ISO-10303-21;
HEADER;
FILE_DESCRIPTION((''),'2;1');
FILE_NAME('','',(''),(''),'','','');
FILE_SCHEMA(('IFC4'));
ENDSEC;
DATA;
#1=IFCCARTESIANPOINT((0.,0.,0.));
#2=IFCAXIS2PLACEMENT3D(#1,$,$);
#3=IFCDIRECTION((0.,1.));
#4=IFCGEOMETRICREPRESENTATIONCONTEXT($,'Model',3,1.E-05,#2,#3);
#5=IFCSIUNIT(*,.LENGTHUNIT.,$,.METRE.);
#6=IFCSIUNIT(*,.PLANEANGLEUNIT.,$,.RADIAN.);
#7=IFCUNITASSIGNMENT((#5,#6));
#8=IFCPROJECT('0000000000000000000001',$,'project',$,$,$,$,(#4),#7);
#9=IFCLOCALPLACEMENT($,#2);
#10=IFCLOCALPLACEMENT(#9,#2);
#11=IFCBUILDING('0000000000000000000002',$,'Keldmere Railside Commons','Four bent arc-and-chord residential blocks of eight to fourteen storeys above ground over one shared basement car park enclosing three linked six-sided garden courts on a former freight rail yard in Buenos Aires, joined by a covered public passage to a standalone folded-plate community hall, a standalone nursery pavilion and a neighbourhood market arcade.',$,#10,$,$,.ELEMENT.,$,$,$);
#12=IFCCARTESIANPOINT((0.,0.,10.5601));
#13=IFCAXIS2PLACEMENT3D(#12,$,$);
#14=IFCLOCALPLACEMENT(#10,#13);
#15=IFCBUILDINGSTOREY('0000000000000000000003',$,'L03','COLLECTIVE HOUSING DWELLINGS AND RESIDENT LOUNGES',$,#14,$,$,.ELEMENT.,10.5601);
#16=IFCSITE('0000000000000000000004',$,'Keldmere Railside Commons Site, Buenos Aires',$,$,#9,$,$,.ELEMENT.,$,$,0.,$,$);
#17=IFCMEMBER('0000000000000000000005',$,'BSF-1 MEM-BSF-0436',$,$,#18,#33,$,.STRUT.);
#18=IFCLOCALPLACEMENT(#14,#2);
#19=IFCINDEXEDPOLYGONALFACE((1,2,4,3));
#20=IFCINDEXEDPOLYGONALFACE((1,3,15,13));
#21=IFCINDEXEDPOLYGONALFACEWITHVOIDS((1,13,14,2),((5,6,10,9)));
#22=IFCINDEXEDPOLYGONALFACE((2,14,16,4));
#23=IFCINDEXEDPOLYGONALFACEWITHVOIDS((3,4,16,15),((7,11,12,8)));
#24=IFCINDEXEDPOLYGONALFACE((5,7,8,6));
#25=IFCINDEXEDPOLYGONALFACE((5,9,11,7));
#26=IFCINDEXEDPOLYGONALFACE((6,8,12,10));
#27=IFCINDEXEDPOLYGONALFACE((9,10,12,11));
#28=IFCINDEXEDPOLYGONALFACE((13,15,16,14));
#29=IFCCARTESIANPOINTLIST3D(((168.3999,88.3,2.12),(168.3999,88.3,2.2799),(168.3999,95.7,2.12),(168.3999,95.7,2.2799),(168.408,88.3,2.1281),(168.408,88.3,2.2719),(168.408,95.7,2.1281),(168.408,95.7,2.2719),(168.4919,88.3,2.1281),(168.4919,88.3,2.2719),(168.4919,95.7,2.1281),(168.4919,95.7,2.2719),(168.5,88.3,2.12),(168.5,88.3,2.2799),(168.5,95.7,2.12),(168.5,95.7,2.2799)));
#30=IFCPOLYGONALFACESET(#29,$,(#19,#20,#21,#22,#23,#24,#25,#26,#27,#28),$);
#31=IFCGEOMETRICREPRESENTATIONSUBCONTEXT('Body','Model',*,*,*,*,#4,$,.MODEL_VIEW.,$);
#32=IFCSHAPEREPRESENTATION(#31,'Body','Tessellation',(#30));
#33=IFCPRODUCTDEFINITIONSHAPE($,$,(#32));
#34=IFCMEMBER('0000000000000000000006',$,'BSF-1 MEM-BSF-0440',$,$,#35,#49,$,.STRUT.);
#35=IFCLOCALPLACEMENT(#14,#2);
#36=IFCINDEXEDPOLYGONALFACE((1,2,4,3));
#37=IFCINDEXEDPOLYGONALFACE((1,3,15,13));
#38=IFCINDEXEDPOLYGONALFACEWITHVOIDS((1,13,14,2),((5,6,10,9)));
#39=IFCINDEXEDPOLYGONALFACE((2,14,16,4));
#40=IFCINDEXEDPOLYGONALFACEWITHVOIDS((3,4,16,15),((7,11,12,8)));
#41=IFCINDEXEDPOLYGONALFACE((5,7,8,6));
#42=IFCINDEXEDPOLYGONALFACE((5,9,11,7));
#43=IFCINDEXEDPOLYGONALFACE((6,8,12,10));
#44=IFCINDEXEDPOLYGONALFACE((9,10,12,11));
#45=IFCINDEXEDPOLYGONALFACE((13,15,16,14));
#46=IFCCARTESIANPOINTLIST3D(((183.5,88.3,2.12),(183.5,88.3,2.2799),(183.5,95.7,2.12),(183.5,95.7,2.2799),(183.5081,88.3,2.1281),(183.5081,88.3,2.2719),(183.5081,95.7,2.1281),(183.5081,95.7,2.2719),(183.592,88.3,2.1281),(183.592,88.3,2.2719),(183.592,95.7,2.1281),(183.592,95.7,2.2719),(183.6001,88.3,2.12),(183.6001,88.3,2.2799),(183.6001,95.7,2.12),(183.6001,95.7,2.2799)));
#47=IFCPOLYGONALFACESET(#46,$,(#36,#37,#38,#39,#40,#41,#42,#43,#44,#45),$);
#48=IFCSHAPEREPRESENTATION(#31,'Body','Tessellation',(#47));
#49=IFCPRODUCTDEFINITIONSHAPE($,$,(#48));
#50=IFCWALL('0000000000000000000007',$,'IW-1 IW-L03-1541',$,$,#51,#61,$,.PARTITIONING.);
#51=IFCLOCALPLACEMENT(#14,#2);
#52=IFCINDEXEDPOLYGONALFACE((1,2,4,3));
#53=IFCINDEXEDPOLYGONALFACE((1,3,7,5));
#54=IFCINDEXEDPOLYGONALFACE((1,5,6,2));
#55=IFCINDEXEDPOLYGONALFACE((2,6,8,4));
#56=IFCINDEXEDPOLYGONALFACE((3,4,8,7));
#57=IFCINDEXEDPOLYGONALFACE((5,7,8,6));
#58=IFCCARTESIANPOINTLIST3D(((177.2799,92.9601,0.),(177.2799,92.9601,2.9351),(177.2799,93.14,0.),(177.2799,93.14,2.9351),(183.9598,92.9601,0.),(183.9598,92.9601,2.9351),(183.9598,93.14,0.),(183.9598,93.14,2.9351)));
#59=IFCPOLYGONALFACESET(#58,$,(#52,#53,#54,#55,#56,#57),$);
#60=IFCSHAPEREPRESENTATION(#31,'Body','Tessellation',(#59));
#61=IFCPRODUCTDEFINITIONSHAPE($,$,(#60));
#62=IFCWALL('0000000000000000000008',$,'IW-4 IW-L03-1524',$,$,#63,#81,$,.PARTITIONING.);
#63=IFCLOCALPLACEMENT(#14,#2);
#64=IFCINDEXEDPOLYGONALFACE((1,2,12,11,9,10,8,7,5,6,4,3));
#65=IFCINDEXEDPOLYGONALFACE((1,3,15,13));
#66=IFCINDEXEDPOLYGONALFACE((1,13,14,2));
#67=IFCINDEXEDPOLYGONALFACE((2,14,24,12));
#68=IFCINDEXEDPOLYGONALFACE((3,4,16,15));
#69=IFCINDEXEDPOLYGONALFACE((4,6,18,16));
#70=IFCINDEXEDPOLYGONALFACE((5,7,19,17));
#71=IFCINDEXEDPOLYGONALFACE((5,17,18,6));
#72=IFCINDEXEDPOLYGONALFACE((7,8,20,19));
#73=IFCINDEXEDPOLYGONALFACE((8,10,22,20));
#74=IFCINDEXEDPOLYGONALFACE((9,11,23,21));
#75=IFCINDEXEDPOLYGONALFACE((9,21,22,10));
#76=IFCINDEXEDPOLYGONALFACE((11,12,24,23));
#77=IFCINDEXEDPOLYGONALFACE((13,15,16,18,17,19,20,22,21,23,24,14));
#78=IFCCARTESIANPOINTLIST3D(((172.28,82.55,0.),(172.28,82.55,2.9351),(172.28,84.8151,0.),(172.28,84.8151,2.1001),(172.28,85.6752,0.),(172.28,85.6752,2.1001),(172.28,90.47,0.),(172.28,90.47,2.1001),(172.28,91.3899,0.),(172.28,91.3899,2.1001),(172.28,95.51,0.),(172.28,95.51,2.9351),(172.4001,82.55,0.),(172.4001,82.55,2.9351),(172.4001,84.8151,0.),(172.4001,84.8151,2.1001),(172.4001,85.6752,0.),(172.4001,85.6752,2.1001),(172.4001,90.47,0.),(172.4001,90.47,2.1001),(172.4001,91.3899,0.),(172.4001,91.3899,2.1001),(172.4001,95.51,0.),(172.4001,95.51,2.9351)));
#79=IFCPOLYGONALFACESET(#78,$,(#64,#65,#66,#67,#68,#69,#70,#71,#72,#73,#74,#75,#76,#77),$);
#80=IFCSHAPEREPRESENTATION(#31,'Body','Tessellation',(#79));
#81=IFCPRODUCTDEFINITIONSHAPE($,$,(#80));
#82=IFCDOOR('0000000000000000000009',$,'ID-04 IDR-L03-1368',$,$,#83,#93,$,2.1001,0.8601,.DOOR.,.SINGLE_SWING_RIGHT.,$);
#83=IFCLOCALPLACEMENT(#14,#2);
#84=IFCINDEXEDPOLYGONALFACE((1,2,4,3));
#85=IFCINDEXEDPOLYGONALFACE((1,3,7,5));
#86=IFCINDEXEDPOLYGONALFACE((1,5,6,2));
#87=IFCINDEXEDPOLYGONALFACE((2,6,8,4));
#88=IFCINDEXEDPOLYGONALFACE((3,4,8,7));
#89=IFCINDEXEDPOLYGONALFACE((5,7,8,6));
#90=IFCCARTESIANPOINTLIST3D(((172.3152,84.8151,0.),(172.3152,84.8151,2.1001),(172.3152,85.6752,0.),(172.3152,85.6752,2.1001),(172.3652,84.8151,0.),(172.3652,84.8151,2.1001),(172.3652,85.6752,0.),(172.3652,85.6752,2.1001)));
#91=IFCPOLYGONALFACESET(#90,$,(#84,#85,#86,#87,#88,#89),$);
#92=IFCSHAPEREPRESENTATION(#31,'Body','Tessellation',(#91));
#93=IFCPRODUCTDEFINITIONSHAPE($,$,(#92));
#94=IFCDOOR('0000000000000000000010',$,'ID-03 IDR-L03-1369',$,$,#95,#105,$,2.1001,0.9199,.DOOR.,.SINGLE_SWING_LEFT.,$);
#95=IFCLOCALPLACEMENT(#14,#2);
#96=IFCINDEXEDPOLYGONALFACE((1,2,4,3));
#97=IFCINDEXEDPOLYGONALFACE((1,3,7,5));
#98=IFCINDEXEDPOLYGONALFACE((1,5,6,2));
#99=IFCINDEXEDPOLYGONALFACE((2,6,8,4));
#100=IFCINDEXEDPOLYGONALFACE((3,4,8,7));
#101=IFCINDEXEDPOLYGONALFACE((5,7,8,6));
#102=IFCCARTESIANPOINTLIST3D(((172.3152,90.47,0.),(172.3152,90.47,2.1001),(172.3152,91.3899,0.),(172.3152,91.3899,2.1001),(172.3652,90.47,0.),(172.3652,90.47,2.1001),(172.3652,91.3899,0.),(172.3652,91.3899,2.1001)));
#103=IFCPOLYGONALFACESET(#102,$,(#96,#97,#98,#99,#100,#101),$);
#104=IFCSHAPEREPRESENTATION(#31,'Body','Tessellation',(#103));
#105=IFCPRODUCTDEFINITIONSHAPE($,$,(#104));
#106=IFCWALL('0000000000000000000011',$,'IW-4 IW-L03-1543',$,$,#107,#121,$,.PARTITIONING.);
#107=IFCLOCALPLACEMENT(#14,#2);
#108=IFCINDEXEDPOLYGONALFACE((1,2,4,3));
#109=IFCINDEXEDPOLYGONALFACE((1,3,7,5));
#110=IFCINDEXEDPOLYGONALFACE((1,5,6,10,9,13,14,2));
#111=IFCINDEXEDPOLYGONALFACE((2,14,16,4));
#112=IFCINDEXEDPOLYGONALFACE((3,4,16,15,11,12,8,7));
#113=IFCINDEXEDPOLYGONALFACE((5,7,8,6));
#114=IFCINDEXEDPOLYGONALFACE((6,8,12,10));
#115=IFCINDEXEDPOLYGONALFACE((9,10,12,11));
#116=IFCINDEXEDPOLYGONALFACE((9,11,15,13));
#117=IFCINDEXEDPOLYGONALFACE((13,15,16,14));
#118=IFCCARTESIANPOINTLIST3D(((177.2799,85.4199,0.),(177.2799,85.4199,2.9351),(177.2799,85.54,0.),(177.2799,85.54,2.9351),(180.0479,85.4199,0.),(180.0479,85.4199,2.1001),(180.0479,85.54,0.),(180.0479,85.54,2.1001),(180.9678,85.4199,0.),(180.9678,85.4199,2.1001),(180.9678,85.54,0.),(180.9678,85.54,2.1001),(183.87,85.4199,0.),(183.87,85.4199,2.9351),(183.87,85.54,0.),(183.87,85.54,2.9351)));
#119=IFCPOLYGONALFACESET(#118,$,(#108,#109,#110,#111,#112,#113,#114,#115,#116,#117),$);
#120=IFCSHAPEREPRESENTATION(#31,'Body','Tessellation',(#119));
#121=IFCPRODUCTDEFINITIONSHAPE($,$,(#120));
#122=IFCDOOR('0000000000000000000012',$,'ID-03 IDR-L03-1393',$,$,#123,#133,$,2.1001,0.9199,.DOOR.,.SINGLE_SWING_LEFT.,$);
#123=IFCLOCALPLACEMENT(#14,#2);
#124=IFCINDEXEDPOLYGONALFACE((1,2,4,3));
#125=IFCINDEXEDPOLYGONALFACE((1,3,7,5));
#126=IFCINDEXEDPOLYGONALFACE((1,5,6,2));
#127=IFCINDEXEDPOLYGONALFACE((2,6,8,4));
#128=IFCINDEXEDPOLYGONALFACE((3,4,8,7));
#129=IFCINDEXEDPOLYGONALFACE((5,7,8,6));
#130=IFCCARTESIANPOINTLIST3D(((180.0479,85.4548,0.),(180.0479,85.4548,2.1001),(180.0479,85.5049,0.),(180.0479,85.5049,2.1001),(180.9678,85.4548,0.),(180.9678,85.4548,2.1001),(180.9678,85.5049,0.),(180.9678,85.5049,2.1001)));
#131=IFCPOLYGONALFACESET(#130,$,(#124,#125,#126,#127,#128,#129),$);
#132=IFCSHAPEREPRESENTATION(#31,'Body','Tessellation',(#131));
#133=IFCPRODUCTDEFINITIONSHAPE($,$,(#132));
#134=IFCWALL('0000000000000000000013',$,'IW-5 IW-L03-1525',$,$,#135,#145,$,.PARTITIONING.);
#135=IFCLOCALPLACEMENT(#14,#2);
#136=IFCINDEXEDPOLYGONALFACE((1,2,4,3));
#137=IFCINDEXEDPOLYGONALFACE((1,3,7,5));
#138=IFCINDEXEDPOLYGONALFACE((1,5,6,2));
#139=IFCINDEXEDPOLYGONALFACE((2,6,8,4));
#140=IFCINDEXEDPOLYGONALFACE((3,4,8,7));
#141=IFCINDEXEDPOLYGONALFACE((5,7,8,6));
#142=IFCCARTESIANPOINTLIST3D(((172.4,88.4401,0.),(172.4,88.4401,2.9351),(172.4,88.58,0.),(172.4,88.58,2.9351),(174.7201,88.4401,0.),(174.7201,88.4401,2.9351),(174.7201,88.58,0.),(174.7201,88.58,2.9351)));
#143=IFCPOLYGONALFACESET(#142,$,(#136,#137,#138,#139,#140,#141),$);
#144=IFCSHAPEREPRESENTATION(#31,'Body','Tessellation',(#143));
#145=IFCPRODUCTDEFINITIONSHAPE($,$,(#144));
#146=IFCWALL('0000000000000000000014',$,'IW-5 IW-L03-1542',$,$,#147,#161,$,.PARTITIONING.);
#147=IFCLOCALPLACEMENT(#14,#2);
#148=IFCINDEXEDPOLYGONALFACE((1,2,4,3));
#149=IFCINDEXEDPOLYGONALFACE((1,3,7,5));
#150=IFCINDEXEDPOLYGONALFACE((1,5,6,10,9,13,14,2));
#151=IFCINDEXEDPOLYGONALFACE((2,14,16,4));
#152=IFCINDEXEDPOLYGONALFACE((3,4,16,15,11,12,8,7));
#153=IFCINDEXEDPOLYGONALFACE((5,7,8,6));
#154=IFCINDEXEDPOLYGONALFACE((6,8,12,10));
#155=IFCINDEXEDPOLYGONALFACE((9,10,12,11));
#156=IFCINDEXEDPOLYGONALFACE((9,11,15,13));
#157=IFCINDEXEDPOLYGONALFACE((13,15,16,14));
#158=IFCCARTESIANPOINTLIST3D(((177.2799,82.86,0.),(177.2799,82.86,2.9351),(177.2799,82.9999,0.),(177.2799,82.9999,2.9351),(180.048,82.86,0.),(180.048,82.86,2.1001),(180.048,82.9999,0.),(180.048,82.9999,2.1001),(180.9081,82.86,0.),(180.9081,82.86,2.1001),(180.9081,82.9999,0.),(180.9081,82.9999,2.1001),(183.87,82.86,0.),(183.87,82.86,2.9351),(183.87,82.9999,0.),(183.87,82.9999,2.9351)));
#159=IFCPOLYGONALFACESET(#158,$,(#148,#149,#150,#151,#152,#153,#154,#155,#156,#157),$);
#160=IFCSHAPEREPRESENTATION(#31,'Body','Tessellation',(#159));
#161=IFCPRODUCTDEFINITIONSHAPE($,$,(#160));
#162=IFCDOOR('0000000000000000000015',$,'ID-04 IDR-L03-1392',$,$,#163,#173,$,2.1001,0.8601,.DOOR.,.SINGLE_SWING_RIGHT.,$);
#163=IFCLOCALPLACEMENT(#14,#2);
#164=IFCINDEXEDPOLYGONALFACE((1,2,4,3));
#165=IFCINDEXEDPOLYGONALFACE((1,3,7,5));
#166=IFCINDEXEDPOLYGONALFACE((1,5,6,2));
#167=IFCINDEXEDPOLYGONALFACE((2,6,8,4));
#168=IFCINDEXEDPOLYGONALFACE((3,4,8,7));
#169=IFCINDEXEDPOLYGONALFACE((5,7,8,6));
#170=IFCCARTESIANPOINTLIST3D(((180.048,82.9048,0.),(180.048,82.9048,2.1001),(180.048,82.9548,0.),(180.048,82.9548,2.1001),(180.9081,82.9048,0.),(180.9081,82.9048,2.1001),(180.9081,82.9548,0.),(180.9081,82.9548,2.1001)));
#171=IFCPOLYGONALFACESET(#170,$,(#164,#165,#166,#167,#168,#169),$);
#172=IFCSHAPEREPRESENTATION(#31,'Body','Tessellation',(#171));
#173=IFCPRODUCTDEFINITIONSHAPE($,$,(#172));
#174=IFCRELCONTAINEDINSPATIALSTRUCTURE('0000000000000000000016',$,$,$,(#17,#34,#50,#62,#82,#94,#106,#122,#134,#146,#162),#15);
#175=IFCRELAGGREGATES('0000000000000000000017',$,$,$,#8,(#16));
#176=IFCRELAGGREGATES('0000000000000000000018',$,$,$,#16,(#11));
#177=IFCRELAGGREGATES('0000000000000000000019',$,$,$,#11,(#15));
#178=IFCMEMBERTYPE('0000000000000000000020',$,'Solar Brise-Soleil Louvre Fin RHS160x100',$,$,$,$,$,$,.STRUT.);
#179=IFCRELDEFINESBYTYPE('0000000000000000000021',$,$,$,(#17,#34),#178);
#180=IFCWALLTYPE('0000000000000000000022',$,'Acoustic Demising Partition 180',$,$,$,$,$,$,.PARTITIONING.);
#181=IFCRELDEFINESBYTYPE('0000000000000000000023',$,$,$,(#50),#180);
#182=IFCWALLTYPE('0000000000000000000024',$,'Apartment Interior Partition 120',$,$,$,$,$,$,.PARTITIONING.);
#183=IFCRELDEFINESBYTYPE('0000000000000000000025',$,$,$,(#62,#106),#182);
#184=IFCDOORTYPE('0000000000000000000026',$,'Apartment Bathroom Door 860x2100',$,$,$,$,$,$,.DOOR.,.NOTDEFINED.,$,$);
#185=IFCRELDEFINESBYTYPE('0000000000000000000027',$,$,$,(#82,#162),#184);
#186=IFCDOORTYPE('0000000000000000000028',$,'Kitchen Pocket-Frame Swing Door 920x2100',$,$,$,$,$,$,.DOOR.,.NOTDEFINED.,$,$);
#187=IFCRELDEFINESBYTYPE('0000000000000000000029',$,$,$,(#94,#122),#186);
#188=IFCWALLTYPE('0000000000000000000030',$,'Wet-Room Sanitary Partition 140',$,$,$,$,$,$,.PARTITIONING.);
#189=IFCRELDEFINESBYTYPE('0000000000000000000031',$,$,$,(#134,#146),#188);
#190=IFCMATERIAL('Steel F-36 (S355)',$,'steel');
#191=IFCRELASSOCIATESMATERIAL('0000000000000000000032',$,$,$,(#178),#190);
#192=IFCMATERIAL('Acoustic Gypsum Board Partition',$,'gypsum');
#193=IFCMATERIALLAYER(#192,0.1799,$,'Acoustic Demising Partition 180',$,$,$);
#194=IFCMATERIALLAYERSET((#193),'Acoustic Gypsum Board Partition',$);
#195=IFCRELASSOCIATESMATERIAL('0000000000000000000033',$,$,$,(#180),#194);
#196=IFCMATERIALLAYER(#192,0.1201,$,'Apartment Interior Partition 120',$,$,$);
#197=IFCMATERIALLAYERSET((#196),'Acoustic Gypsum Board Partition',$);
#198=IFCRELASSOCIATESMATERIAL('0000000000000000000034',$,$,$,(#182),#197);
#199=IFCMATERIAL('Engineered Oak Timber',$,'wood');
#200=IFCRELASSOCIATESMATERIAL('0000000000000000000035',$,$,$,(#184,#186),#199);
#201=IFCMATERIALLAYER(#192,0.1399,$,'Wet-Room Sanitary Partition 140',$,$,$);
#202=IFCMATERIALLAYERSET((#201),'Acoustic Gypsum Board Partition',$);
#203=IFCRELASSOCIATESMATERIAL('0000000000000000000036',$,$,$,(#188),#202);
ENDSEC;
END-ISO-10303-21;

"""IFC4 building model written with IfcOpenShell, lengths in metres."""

from ifc_helpers import new_model, si_unit, direction, frame, frame_2d, origin, origin_2d, place, context, subcontext, project, spatial, rectangle, hollow_rectangle, extrude, material, layer, layer_set, material_profile, profile_set, type_object, element, fill, save


model = new_model("IFC4")

# Units and contexts
model_context = context("Model", 3, precision=1e-05, world=origin(), true_north=direction((0.0, 1.0)))
body_context = subcontext(model_context, "Body", "Model", "MODEL_VIEW")
ifc_project = project(units=[si_unit("LENGTHUNIT", "METRE"), si_unit("PLANEANGLEUNIT", "RADIAN")], contexts=[model_context])

# Site, building, storey
site_placement = place(None, origin())
site = spatial("IfcSite", under=ifc_project, at=site_placement, Name="Keldmere Railside Commons Site, Buenos Aires", CompositionType="ELEMENT", RefElevation=0.0)
building_placement = place(site_placement, origin())
building = spatial("IfcBuilding", under=site, at=building_placement, Name="Keldmere Railside Commons", Description="Four bent arc-and-chord residential blocks of eight to fourteen storeys above ground over one shared basement car park enclosing three linked six-sided garden courts on a former freight rail yard in Buenos Aires, joined by a covered public passage to a standalone folded-plate community hall, a standalone nursery pavilion and a neighbourhood market arcade.", CompositionType="ELEMENT")
storey_placement = place(building_placement, frame((0.0, 0.0, 10.5601)))
storey = spatial("IfcBuildingStorey", under=building, at=storey_placement, Name="L03", Description="COLLECTIVE HOUSING DWELLINGS AND RESIDENT LOUNGES", CompositionType="ELEMENT", Elevation=10.5601)

# Shared definitions
ifc_material_1 = material(Name="Steel F-36 (S355)", Category="steel")

# Members
ifc_material_profile_1 = material_profile(ifc_material_1, hollow_rectangle(XDim=0.1001, YDim=0.1599, WallThickness=0.0081, at=origin_2d()), Name="RHS-160x100x8")
ifc_profile_set_1 = profile_set([ifc_material_profile_1], Name="Steel F-36 (S355)")
member_type_1 = type_object("IfcMemberType", Name="Solar Brise-Soleil Louvre Fin RHS160x100", PredefinedType="STRUT", material=ifc_profile_set_1)
for number, where, z_axis, x_axis, name in (
    (1, (168.45, 88.3, 2.2), (0.0, 1.0, 0.0), (-1.0, 0.0, 0.0), "BSF-1 MEM-BSF-0436"),
    (2, (183.55, 88.3, 2.2), (0.0, 1.0, 0.0), (-1.0, 0.0, 0.0), "BSF-1 MEM-BSF-0440"),
):
    element("IfcMember", number, at=place(storey_placement, frame(where, z_axis=z_axis, x_axis=x_axis)), inside=storey, type_object=member_type_1, Name=name, PredefinedType="STRUT", context=body_context, shape_type="SweptSolid", body=[
        extrude(hollow_rectangle(XDim=0.1001, YDim=0.1599, WallThickness=0.0081, at=origin_2d()), origin(), (0.0, 0.0, 1.0), 7.3999),
    ])

# Wall
ifc_material_2 = material(Name="Acoustic Gypsum Board Partition", Category="gypsum")
ifc_layer_1 = layer(ifc_material_2, 0.1799, Name="Acoustic Demising Partition 180")
ifc_layer_set_1 = layer_set([ifc_layer_1], Name="Acoustic Gypsum Board Partition")
wall_type_1 = type_object("IfcWallType", Name="Acoustic Demising Partition 180", PredefinedType="PARTITIONING", material=ifc_layer_set_1)
wall_1_placement = place(storey_placement, frame((177.28, 93.05, 0.0), z_axis=(0.0, 0.0, 1.0), x_axis=(1.0, 0.0, 0.0)))
element("IfcWall", 3, at=wall_1_placement, inside=storey, type_object=wall_type_1, Name="IW-1 IW-L03-1541", PredefinedType="PARTITIONING", context=body_context, shape_type="SweptSolid", body=[
    extrude(rectangle(XDim=6.6799, YDim=0.1799, at=frame_2d((3.3398, 0.0))), origin(), (0.0, 0.0, 1.0), 2.9351),
])

# Wall, openings, doors
ifc_layer_2 = layer(ifc_material_2, 0.1201, Name="Apartment Interior Partition 120")
ifc_layer_set_2 = layer_set([ifc_layer_2], Name="Acoustic Gypsum Board Partition")
wall_type_2 = type_object("IfcWallType", Name="Apartment Interior Partition 120", PredefinedType="PARTITIONING", material=ifc_layer_set_2)
wall_2_placement = place(storey_placement, frame((172.3401, 82.55, 0.0), z_axis=(0.0, 0.0, 1.0), x_axis=(0.0, 1.0, 0.0)))
wall_2 = element("IfcWall", 4, at=wall_2_placement, inside=storey, type_object=wall_type_2, Name="IW-4 IW-L03-1524", PredefinedType="PARTITIONING", context=body_context, shape_type="SweptSolid", body=[
    extrude(rectangle(XDim=12.96, YDim=0.1201, at=frame_2d((6.48, 0.0))), origin(), (0.0, 0.0, 1.0), 2.9351),
])
opening_1_placement = place(wall_2_placement, frame((2.2649, 0.0, 0.0)))
opening_1 = element("IfcOpeningElement", 5, at=opening_1_placement, cuts=wall_2, PredefinedType="OPENING", context=body_context, shape_type="SweptSolid", body=[
    extrude(rectangle(XDim=0.8601, YDim=2.1001, at=frame_2d((0.4302, 1.05))), frame((0.0, 0.0701, 0.0), z_axis=(0.0, -1.0, 0.0), x_axis=(1.0, 0.0, 0.0)), (0.0, 0.0, 1.0), 0.1401),
])
opening_2_placement = place(wall_2_placement, frame((7.9199, 0.0, 0.0)))
opening_2 = element("IfcOpeningElement", 6, at=opening_2_placement, cuts=wall_2, PredefinedType="OPENING", context=body_context, shape_type="SweptSolid", body=[
    extrude(rectangle(XDim=0.9199, YDim=2.1001, at=frame_2d((0.46, 1.05))), frame((0.0, 0.0701, 0.0), z_axis=(0.0, -1.0, 0.0), x_axis=(1.0, 0.0, 0.0)), (0.0, 0.0, 1.0), 0.1401),
])
ifc_material_3 = material(Name="Engineered Oak Timber", Category="wood")
door_type_1 = type_object("IfcDoorType", Name="Apartment Bathroom Door 860x2100", OperationType="NOTDEFINED", PredefinedType="DOOR", material=ifc_material_3)
door_1_placement = place(opening_1_placement, origin())
door_1 = element("IfcDoor", 7, at=door_1_placement, inside=storey, type_object=door_type_1, Name="ID-04 IDR-L03-1368", OperationType="SINGLE_SWING_RIGHT", OverallHeight=2.1001, OverallWidth=0.8601, PredefinedType="DOOR", context=body_context, shape_type="SweptSolid", body=[
    extrude(rectangle(XDim=0.8601, YDim=2.1001, at=frame_2d((0.4302, 1.05))), frame((0.0, 0.0249, 0.0), z_axis=(0.0, -1.0, 0.0), x_axis=(1.0, 0.0, 0.0)), (0.0, 0.0, 1.0), 0.05),
])
fill(opening_1, door_1)
door_type_2 = type_object("IfcDoorType", Name="Kitchen Pocket-Frame Swing Door 920x2100", OperationType="NOTDEFINED", PredefinedType="DOOR", material=ifc_material_3)
door_2_placement = place(opening_2_placement, origin())
door_2 = element("IfcDoor", 8, at=door_2_placement, inside=storey, type_object=door_type_2, Name="ID-03 IDR-L03-1369", OperationType="SINGLE_SWING_LEFT", OverallHeight=2.1001, OverallWidth=0.9199, PredefinedType="DOOR", context=body_context, shape_type="SweptSolid", body=[
    extrude(rectangle(XDim=0.9199, YDim=2.1001, at=frame_2d((0.46, 1.05))), frame((0.0, 0.0249, 0.0), z_axis=(0.0, -1.0, 0.0), x_axis=(1.0, 0.0, 0.0)), (0.0, 0.0, 1.0), 0.05),
])
fill(opening_2, door_2)

# Wall, opening, door
wall_3_placement = place(storey_placement, frame((177.28, 85.48, 0.0), z_axis=(0.0, 0.0, 1.0), x_axis=(1.0, 0.0, 0.0)))
wall_3 = element("IfcWall", 9, at=wall_3_placement, inside=storey, type_object=wall_type_2, Name="IW-4 IW-L03-1543", PredefinedType="PARTITIONING", context=body_context, shape_type="SweptSolid", body=[
    extrude(rectangle(XDim=6.5901, YDim=0.1201, at=frame_2d((3.2949, 0.0))), origin(), (0.0, 0.0, 1.0), 2.9351),
])
opening_3_placement = place(wall_3_placement, frame((2.7678, 0.0, 0.0)))
opening_3 = element("IfcOpeningElement", 10, at=opening_3_placement, cuts=wall_3, PredefinedType="OPENING", context=body_context, shape_type="SweptSolid", body=[
    extrude(rectangle(XDim=0.9199, YDim=2.1001, at=frame_2d((0.46, 1.05))), frame((0.0, 0.0701, 0.0), z_axis=(0.0, -1.0, 0.0), x_axis=(1.0, 0.0, 0.0)), (0.0, 0.0, 1.0), 0.1401),
])
door_3_placement = place(opening_3_placement, origin())
door_3 = element("IfcDoor", 11, at=door_3_placement, inside=storey, type_object=door_type_2, Name="ID-03 IDR-L03-1393", OperationType="SINGLE_SWING_LEFT", OverallHeight=2.1001, OverallWidth=0.9199, PredefinedType="DOOR", context=body_context, shape_type="SweptSolid", body=[
    extrude(rectangle(XDim=0.9199, YDim=2.1001, at=frame_2d((0.46, 1.05))), frame((0.0, 0.0249, 0.0), z_axis=(0.0, -1.0, 0.0), x_axis=(1.0, 0.0, 0.0)), (0.0, 0.0, 1.0), 0.05),
])
fill(opening_3, door_3)

# Wall
ifc_layer_3 = layer(ifc_material_2, 0.1399, Name="Wet-Room Sanitary Partition 140")
ifc_layer_set_3 = layer_set([ifc_layer_3], Name="Acoustic Gypsum Board Partition")
wall_type_3 = type_object("IfcWallType", Name="Wet-Room Sanitary Partition 140", PredefinedType="PARTITIONING", material=ifc_layer_set_3)
wall_4_placement = place(storey_placement, frame((172.3999, 88.51, 0.0), z_axis=(0.0, 0.0, 1.0), x_axis=(1.0, 0.0, 0.0)))
element("IfcWall", 12, at=wall_4_placement, inside=storey, type_object=wall_type_3, Name="IW-5 IW-L03-1525", PredefinedType="PARTITIONING", context=body_context, shape_type="SweptSolid", body=[
    extrude(rectangle(XDim=2.3201, YDim=0.1399, at=frame_2d((1.1602, 0.0))), origin(), (0.0, 0.0, 1.0), 2.9351),
])

# Wall, opening, door
wall_5_placement = place(storey_placement, frame((177.28, 82.9299, 0.0), z_axis=(0.0, 0.0, 1.0), x_axis=(1.0, 0.0, 0.0)))
wall_5 = element("IfcWall", 13, at=wall_5_placement, inside=storey, type_object=wall_type_3, Name="IW-5 IW-L03-1542", PredefinedType="PARTITIONING", context=body_context, shape_type="SweptSolid", body=[
    extrude(rectangle(XDim=6.5901, YDim=0.1399, at=frame_2d((3.2949, 0.0))), origin(), (0.0, 0.0, 1.0), 2.9351),
])
opening_4_placement = place(wall_5_placement, frame((2.7678, 0.0, 0.0)))
opening_4 = element("IfcOpeningElement", 14, at=opening_4_placement, cuts=wall_5, PredefinedType="OPENING", context=body_context, shape_type="SweptSolid", body=[
    extrude(rectangle(XDim=0.8601, YDim=2.1001, at=frame_2d((0.4302, 1.05))), frame((0.0, 0.0798, 0.0), z_axis=(0.0, -1.0, 0.0), x_axis=(1.0, 0.0, 0.0)), (0.0, 0.0, 1.0), 0.1599),
])
door_4_placement = place(opening_4_placement, origin())
door_4 = element("IfcDoor", 15, at=door_4_placement, inside=storey, type_object=door_type_1, Name="ID-04 IDR-L03-1392", OperationType="SINGLE_SWING_RIGHT", OverallHeight=2.1001, OverallWidth=0.8601, PredefinedType="DOOR", context=body_context, shape_type="SweptSolid", body=[
    extrude(rectangle(XDim=0.8601, YDim=2.1001, at=frame_2d((0.4302, 1.05))), frame((0.0, 0.0249, 0.0), z_axis=(0.0, -1.0, 0.0), x_axis=(1.0, 0.0, 0.0)), (0.0, 0.0, 1.0), 0.05),
])
fill(opening_4, door_4)

save(model, "model.ifc")
